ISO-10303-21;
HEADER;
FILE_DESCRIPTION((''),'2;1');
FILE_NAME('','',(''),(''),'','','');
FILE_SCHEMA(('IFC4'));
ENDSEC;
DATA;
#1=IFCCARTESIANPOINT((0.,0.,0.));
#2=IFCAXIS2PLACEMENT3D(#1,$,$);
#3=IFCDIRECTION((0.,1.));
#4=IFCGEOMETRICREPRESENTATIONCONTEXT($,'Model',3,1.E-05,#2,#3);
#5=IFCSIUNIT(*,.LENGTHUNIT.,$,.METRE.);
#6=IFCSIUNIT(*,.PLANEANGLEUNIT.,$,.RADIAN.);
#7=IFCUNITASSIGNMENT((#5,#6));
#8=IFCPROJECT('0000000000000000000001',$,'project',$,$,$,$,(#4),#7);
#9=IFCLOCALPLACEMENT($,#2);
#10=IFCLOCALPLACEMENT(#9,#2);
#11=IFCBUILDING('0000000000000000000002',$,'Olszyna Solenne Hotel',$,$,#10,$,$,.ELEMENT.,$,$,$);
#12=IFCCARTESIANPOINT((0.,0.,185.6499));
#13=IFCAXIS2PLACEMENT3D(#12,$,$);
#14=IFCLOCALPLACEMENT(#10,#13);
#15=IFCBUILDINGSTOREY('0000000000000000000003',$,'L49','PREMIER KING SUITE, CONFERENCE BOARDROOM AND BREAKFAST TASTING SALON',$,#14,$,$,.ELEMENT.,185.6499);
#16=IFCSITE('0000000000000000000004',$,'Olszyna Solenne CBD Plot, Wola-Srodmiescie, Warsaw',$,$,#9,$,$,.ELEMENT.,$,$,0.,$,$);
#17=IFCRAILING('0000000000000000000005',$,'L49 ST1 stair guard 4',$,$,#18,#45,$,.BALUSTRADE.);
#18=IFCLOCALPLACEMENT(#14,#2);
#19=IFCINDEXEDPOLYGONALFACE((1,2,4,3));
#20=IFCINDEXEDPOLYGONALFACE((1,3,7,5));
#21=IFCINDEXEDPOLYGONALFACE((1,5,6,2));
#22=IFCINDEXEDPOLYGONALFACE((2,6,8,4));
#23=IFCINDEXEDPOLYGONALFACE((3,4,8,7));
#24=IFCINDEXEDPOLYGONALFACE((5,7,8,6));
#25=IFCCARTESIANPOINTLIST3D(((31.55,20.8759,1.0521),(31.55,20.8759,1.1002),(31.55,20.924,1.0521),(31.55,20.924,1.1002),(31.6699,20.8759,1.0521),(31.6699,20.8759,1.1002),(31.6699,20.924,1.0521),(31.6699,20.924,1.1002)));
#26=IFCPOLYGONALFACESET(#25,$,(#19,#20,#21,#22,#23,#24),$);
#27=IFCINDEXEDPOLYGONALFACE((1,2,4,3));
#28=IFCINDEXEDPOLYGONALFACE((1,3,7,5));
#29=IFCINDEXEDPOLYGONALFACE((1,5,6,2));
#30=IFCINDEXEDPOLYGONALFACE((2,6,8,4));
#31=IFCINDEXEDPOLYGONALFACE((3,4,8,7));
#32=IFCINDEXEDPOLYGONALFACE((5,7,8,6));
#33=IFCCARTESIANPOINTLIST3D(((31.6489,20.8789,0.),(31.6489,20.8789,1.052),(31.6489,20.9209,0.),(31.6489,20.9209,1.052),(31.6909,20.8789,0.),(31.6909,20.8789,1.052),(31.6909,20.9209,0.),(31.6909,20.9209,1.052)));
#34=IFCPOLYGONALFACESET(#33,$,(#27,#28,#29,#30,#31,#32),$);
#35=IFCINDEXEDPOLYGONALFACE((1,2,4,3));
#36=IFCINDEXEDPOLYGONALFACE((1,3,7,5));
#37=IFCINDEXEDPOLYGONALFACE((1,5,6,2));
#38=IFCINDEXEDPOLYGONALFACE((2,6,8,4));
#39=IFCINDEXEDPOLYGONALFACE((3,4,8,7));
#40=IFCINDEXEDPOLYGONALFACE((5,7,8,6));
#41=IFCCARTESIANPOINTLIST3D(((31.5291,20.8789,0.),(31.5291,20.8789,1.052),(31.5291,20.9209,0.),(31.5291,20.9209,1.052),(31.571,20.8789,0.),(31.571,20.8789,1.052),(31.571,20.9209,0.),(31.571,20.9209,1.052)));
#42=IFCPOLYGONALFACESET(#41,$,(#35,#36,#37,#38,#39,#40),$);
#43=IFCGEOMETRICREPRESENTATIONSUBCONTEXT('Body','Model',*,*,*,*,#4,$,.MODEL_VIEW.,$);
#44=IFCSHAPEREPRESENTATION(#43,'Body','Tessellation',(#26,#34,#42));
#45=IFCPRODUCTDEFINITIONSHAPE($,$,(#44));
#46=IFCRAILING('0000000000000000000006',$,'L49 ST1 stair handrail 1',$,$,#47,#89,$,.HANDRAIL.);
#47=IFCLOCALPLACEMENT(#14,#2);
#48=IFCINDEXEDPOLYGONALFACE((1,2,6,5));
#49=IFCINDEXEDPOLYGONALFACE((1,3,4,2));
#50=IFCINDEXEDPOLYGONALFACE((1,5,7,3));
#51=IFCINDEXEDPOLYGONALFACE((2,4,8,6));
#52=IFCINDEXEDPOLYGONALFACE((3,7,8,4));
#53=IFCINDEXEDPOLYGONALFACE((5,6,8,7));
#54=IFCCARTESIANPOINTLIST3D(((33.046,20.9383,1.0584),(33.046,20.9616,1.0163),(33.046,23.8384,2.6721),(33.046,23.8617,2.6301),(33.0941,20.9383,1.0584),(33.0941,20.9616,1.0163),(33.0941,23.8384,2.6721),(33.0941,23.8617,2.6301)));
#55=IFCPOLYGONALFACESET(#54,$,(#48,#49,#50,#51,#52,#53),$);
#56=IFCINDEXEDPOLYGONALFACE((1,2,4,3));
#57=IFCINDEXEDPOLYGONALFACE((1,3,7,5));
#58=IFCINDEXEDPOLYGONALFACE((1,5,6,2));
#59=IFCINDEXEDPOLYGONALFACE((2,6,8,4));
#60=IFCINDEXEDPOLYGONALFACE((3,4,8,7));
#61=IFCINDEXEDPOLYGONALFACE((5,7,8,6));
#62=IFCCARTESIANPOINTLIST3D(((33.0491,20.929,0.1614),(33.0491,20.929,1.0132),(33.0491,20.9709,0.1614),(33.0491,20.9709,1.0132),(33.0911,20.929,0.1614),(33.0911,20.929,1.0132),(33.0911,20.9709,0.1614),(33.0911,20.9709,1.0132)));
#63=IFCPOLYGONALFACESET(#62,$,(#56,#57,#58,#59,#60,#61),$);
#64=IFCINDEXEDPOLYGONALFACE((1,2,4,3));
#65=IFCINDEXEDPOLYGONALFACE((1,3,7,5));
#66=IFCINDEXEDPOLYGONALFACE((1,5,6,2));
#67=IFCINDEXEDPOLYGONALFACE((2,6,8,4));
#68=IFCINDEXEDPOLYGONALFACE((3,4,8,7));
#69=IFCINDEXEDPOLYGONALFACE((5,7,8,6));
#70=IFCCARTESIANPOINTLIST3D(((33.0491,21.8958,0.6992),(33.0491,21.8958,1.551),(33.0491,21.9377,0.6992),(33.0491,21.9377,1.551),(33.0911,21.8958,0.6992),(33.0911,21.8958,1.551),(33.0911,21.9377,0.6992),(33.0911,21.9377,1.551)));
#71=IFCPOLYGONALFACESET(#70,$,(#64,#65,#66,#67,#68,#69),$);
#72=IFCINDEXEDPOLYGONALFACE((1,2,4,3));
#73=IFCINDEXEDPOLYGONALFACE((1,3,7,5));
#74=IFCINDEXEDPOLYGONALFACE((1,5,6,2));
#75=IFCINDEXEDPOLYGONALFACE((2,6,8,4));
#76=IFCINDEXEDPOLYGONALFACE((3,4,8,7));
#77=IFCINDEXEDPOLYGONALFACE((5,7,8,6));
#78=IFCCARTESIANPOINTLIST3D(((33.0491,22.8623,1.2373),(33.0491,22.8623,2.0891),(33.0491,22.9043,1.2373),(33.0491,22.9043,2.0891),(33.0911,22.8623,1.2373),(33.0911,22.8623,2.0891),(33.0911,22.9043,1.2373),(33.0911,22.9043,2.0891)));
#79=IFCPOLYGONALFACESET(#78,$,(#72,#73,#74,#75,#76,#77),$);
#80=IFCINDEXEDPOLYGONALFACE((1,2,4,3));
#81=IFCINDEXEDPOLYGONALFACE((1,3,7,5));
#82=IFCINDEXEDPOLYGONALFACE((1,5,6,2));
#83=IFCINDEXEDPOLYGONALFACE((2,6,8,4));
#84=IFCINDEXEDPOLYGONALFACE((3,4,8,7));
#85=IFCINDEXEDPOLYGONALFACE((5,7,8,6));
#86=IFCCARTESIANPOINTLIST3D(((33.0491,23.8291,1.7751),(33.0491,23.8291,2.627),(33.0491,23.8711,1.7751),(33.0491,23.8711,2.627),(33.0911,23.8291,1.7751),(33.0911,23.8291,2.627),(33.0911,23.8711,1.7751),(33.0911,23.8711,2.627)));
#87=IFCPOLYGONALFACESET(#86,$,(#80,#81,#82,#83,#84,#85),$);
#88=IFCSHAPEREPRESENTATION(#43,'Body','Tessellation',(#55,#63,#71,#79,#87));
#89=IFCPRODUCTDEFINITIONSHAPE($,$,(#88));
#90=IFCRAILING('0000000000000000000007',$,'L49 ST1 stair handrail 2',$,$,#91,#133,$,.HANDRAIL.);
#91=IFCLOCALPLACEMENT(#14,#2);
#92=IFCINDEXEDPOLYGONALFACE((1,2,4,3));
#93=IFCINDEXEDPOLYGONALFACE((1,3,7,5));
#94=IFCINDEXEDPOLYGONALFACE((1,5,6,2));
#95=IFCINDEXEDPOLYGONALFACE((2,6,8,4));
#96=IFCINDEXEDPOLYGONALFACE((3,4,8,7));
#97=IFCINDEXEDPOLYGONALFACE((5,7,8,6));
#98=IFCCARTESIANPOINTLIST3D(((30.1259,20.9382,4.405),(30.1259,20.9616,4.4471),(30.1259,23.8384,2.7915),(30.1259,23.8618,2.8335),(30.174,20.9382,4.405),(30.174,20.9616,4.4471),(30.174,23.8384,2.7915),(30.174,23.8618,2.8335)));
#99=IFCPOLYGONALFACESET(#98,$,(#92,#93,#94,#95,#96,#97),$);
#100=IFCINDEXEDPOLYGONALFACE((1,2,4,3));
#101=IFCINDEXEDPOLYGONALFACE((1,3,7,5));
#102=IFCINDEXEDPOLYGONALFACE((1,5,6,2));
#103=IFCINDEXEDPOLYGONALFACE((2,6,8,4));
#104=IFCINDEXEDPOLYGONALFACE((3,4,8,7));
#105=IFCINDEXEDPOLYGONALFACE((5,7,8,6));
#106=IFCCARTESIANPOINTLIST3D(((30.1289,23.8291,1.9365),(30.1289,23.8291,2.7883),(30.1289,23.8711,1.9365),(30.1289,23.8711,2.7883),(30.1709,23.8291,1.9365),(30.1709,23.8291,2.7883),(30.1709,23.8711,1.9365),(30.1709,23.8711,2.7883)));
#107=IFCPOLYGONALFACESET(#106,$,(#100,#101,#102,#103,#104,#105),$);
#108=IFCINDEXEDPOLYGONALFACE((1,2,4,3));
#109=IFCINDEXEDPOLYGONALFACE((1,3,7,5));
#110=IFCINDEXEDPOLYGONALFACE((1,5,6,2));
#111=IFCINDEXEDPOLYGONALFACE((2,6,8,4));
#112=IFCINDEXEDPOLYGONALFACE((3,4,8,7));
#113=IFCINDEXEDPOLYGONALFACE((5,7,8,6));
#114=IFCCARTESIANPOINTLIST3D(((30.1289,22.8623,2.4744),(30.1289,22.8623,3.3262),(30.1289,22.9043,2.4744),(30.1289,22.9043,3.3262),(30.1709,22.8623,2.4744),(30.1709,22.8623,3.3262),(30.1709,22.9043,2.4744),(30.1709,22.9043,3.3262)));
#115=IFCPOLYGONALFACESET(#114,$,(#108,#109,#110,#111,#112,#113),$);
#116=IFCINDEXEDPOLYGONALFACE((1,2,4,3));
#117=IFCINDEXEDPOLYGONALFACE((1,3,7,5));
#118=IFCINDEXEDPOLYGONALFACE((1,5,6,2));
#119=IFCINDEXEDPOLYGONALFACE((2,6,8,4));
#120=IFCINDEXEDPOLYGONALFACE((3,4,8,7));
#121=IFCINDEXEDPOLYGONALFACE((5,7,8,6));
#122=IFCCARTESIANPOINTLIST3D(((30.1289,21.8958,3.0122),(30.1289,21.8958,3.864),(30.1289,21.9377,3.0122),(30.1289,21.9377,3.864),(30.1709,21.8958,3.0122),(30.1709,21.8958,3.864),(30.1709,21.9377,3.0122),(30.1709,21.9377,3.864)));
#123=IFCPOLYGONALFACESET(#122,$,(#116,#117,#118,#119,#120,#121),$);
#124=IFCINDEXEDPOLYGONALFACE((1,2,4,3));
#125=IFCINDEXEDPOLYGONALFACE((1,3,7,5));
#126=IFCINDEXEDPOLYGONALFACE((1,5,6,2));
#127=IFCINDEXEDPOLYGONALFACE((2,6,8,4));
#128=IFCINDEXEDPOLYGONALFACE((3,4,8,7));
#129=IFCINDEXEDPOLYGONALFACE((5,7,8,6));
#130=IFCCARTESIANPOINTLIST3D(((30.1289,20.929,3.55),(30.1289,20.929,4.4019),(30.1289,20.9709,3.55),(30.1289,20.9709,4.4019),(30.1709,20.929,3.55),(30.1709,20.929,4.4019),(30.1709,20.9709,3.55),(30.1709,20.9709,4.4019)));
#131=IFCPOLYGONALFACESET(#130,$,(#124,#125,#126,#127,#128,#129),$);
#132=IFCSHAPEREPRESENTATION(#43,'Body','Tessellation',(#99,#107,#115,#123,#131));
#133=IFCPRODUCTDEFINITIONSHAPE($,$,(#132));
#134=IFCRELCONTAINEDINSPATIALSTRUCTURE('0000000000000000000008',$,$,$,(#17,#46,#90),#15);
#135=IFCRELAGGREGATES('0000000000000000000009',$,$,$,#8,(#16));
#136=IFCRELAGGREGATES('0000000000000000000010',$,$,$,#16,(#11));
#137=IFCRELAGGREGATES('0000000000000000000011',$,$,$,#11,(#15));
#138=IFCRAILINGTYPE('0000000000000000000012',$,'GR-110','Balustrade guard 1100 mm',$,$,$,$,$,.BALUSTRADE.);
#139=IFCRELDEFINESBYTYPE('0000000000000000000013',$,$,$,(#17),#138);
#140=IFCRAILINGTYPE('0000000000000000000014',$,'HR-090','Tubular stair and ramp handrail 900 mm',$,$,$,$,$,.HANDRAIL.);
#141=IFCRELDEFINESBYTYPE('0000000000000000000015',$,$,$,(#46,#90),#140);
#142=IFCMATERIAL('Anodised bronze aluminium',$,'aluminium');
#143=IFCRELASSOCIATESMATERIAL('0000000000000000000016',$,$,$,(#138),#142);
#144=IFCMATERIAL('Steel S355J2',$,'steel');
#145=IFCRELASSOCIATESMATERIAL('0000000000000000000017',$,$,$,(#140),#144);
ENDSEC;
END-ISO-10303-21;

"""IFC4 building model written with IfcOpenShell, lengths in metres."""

from ifc_helpers import new_model, si_unit, direction, frame, origin, origin_2d, place, context, subcontext, project, spatial, rectangle, extrude, material, type_object, element, save


model = new_model("IFC4")

# Units and contexts
model_context = context("Model", 3, precision=1e-05, world=origin(), true_north=direction((0.0, 1.0)))
body_context = subcontext(model_context, "Body", "Model", "MODEL_VIEW")
ifc_project = project(units=[si_unit("LENGTHUNIT", "METRE"), si_unit("PLANEANGLEUNIT", "RADIAN")], contexts=[model_context])

# Site, building, storey
site_placement = place(None, origin())
site = spatial("IfcSite", under=ifc_project, at=site_placement, Name="Olszyna Solenne CBD Plot, Wola-Srodmiescie, Warsaw", CompositionType="ELEMENT", RefElevation=0.0)
building_placement = place(site_placement, origin())
building = spatial("IfcBuilding", under=site, at=building_placement, Name="Olszyna Solenne Hotel", CompositionType="ELEMENT")
storey_placement = place(building_placement, frame((0.0, 0.0, 185.6499)))
storey = spatial("IfcBuildingStorey", under=building, at=storey_placement, Name="L49", Description="PREMIER KING SUITE, CONFERENCE BOARDROOM AND BREAKFAST TASTING SALON", CompositionType="ELEMENT", Elevation=185.6499)

# Shared definitions
ifc_material_1 = material(Name="Steel S355J2", Category="steel")

# Railings
ifc_material_2 = material(Name="Anodised bronze aluminium", Category="aluminium")
railing_type_1 = type_object("IfcRailingType", Name="GR-110", Description="Balustrade guard 1100 mm", PredefinedType="BALUSTRADE", material=ifc_material_2)
railing_1_placement = place(storey_placement, frame((31.6699, 20.8999, 0.0)))
element("IfcRailing", 1, at=railing_1_placement, inside=storey, type_object=railing_type_1, Name="L49 ST1 stair guard 4", PredefinedType="BALUSTRADE", context=body_context, shape_type="SweptSolid", body=[
    extrude(rectangle(XDim=0.0481, YDim=0.0481, at=origin_2d()), frame((0.0, 0.0, 1.0762), z_axis=(-1.0, 0.0, 0.0), x_axis=(0.0, -1.0, 0.0)), (0.0, 0.0, 1.0), 0.1199),
    extrude(rectangle(XDim=0.042, YDim=0.042, at=origin_2d()), origin(), (0.0, 0.0, 1.0), 1.052),
    extrude(rectangle(XDim=0.042, YDim=0.042, at=origin_2d()), frame((-0.1199, 0.0, 0.0)), (0.0, 0.0, 1.0), 1.052),
])
railing_type_2 = type_object("IfcRailingType", Name="HR-090", Description="Tubular stair and ramp handrail 900 mm", PredefinedType="HANDRAIL", material=ifc_material_1)
railing_2_placement = place(storey_placement, frame((33.0701, 20.95, 0.1614)))
element("IfcRailing", 2, at=railing_2_placement, inside=storey, type_object=railing_type_2, Name="L49 ST1 stair handrail 1", PredefinedType="HANDRAIL", context=body_context, shape_type="SweptSolid", body=[
    extrude(rectangle(XDim=0.0481, YDim=0.0481, at=origin_2d()), frame((0.0, 0.0, 0.876), z_axis=(0.0, 0.873827, 0.486236), x_axis=(-1.0, 0.0, 0.0)), (0.0, 0.0, 1.0), 3.3188),
    extrude(rectangle(XDim=0.042, YDim=0.042, at=origin_2d()), origin(), (0.0, 0.0, 1.0), 0.8518),
    extrude(rectangle(XDim=0.042, YDim=0.042, at=origin_2d()), frame((0.0, 0.9668, 0.5378)), (0.0, 0.0, 1.0), 0.8518),
    extrude(rectangle(XDim=0.042, YDim=0.042, at=origin_2d()), frame((0.0, 1.9333, 1.0759)), (0.0, 0.0, 1.0), 0.8518),
    extrude(rectangle(XDim=0.042, YDim=0.042, at=origin_2d()), frame((0.0, 2.9001, 1.6138)), (0.0, 0.0, 1.0), 0.8518),
])
railing_3_placement = place(storey_placement, frame((30.1499, 23.8501, 1.9365)))
element("IfcRailing", 3, at=railing_3_placement, inside=storey, type_object=railing_type_2, Name="L49 ST1 stair handrail 2", PredefinedType="HANDRAIL", context=body_context, shape_type="SweptSolid", body=[
    extrude(rectangle(XDim=0.0481, YDim=0.0481, at=origin_2d()), frame((0.0, 0.0, 0.876), z_axis=(0.0, -0.873859, 0.48618), x_axis=(1.0, 0.0, 0.0)), (0.0, 0.0, 1.0), 3.3188),
    extrude(rectangle(XDim=0.042, YDim=0.042, at=origin_2d()), origin(), (0.0, 0.0, 1.0), 0.8518),
    extrude(rectangle(XDim=0.042, YDim=0.042, at=origin_2d()), frame((0.0, -0.9668, 0.5378)), (0.0, 0.0, 1.0), 0.8518),
    extrude(rectangle(XDim=0.042, YDim=0.042, at=origin_2d()), frame((0.0, -1.9333, 1.0757)), (0.0, 0.0, 1.0), 0.8518),
    extrude(rectangle(XDim=0.042, YDim=0.042, at=origin_2d()), frame((0.0, -2.9001, 1.6135)), (0.0, 0.0, 1.0), 0.8518),
])

save(model, "model.ifc")
